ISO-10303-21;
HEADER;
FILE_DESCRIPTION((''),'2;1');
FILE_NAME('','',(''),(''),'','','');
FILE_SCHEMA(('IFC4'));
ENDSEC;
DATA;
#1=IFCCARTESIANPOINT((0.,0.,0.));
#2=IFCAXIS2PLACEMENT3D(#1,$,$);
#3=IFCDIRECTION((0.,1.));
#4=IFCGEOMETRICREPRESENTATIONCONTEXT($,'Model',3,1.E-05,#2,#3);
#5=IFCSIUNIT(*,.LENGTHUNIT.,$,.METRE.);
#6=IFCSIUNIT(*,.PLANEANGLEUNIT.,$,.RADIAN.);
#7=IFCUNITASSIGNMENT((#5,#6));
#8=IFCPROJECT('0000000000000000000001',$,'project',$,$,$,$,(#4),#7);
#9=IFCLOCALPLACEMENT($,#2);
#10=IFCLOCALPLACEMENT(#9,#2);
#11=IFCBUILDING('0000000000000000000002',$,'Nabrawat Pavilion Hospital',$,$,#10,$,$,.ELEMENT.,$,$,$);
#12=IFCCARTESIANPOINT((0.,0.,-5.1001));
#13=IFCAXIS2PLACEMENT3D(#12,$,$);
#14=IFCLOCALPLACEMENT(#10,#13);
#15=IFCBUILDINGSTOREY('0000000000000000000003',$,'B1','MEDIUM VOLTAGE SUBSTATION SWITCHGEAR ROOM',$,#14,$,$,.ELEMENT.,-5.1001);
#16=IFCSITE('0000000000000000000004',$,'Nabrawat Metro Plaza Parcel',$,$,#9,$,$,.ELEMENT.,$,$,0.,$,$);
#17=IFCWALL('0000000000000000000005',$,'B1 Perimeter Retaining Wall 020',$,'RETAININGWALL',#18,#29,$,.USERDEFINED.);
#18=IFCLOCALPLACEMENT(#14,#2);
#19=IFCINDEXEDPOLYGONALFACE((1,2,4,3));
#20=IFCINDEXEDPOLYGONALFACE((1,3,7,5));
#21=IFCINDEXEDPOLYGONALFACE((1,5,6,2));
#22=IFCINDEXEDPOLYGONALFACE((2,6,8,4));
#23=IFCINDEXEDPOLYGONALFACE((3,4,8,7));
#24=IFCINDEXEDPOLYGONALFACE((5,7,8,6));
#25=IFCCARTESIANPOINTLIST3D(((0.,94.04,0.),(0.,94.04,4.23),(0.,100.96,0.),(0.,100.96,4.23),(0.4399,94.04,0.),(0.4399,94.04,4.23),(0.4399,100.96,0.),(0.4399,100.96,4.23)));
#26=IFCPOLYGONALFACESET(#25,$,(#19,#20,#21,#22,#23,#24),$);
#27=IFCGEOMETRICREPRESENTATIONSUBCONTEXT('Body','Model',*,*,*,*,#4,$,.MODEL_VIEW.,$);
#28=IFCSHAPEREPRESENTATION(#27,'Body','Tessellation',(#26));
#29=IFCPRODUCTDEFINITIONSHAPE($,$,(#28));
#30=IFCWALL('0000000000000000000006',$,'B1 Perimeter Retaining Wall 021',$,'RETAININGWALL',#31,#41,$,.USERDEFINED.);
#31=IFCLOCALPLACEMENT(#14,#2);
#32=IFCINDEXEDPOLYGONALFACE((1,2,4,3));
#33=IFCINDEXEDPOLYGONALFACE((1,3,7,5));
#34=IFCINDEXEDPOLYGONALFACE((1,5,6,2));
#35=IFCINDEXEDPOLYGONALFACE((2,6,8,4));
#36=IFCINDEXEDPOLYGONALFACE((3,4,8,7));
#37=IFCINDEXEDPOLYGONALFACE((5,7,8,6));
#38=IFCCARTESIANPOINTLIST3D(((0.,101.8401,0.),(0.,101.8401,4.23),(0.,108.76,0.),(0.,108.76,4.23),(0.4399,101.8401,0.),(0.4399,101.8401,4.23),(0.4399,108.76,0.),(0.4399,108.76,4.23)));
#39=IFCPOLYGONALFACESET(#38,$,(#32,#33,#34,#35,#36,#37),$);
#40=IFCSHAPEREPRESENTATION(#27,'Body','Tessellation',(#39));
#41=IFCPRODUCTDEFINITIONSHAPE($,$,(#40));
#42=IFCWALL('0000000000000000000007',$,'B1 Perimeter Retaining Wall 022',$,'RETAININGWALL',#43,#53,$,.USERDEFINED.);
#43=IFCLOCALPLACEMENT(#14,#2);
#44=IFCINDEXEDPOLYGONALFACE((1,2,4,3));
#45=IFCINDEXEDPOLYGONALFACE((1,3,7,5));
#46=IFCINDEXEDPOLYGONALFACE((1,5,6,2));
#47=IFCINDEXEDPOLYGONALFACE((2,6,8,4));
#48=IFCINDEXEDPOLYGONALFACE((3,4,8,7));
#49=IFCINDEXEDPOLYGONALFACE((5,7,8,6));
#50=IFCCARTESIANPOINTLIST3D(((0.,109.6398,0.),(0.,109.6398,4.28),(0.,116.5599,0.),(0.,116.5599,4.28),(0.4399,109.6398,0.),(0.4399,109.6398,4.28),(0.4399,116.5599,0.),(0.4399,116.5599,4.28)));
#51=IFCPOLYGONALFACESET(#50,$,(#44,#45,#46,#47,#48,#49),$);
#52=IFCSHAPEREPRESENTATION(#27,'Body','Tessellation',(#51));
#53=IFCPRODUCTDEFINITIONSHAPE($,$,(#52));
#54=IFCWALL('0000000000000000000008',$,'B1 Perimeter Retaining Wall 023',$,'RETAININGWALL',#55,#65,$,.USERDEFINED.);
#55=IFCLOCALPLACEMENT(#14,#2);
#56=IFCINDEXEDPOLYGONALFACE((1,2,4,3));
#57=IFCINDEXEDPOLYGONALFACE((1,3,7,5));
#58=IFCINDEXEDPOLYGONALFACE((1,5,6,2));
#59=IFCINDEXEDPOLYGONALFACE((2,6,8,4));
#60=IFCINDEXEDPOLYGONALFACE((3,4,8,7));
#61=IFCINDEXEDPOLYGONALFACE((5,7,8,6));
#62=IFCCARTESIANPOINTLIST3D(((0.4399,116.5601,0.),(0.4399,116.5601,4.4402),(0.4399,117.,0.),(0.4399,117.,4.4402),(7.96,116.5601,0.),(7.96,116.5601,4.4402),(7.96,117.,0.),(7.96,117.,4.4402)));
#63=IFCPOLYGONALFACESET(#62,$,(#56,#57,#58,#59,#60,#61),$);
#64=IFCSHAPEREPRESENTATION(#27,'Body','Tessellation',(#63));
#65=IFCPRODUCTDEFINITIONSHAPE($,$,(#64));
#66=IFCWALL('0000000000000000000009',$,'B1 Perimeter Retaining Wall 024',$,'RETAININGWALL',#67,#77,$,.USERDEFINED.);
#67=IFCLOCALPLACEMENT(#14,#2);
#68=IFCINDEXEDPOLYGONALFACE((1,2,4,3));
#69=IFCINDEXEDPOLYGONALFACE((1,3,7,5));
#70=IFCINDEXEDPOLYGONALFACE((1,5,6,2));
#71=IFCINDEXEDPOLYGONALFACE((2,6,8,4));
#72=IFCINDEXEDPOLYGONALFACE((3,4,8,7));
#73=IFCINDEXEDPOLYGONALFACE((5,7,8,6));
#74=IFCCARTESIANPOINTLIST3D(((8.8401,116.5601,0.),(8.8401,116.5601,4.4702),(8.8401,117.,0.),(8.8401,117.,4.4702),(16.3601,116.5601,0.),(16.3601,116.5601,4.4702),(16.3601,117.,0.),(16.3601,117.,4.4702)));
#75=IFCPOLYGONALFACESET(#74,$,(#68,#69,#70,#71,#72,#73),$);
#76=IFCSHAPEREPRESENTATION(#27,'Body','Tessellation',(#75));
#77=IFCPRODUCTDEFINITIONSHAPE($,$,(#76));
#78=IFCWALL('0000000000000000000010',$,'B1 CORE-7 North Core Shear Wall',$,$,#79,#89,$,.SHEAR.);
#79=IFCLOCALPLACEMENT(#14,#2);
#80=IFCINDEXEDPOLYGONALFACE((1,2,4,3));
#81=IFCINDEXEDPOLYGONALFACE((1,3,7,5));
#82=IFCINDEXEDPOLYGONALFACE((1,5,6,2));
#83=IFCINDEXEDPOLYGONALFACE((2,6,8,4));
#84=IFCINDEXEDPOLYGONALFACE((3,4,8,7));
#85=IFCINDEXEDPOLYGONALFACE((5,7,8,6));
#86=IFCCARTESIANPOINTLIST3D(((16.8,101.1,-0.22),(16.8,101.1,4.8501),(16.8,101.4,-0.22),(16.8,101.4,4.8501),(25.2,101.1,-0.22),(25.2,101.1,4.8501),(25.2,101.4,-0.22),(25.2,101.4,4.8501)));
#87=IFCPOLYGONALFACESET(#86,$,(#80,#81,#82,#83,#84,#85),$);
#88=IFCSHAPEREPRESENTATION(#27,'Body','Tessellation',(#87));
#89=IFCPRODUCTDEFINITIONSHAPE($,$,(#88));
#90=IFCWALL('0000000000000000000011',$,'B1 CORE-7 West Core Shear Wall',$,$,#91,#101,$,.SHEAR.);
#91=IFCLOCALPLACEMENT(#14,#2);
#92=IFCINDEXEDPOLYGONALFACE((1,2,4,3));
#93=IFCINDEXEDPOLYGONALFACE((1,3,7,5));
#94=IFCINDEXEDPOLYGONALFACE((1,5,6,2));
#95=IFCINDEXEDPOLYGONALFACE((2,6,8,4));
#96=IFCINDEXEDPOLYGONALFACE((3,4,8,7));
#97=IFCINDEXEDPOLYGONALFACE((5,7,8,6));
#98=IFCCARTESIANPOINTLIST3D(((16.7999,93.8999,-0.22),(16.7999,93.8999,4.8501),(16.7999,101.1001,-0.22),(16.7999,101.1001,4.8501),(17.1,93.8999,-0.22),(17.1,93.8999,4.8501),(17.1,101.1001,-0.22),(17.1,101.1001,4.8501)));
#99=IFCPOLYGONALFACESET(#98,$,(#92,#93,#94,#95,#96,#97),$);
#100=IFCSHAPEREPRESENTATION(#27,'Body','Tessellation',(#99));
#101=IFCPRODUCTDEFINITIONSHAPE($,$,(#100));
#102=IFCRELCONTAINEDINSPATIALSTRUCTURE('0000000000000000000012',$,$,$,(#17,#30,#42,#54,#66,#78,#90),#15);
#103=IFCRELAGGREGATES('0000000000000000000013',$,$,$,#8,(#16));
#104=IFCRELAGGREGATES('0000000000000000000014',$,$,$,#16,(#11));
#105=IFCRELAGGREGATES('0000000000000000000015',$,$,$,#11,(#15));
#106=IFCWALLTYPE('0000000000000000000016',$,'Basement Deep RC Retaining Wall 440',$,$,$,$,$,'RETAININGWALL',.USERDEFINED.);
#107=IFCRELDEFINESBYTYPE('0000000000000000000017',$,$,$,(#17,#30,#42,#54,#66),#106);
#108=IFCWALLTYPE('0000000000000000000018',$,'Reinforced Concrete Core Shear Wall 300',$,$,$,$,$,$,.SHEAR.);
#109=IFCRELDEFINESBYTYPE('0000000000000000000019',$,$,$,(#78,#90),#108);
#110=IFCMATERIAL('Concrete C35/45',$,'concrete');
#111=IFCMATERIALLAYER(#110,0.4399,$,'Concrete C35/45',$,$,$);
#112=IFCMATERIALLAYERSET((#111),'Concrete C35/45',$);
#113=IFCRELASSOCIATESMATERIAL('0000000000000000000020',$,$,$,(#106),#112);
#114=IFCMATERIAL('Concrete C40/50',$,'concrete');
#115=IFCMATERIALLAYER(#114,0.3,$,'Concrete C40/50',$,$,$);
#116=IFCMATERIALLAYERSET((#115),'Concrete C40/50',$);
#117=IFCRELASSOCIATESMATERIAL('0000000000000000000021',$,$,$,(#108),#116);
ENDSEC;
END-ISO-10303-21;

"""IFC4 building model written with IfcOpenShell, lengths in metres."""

from ifc_helpers import new_model, si_unit, direction, frame, frame_2d, origin, place, context, subcontext, project, spatial, rectangle, extrude, material, layer, layer_set, type_object, element, save


model = new_model("IFC4")

# Units and contexts
model_context = context("Model", 3, precision=1e-05, world=origin(), true_north=direction((0.0, 1.0)))
body_context = subcontext(model_context, "Body", "Model", "MODEL_VIEW")
ifc_project = project(units=[si_unit("LENGTHUNIT", "METRE"), si_unit("PLANEANGLEUNIT", "RADIAN")], contexts=[model_context])

# Site, building, storey
site_placement = place(None, origin())
site = spatial("IfcSite", under=ifc_project, at=site_placement, Name="Nabrawat Metro Plaza Parcel", CompositionType="ELEMENT", RefElevation=0.0)
building_placement = place(site_placement, origin())
building = spatial("IfcBuilding", under=site, at=building_placement, Name="Nabrawat Pavilion Hospital", CompositionType="ELEMENT")
storey_placement = place(building_placement, frame((0.0, 0.0, -5.1001)))
storey = spatial("IfcBuildingStorey", under=building, at=storey_placement, Name="B1", Description="MEDIUM VOLTAGE SUBSTATION SWITCHGEAR ROOM", CompositionType="ELEMENT", Elevation=-5.1001)

# Shared definitions
ifc_material_1 = material(Name="Concrete C35/45", Category="concrete")

# Shared definitions
ifc_material_2 = material(Name="Concrete C40/50", Category="concrete")

# Walls
ifc_layer_1 = layer(ifc_material_1, 0.4399, Name="Concrete C35/45")
ifc_layer_set_1 = layer_set([ifc_layer_1], Name="Concrete C35/45")
wall_type_1 = type_object("IfcWallType", Name="Basement Deep RC Retaining Wall 440", ElementType="RETAININGWALL", PredefinedType="USERDEFINED", material=ifc_layer_set_1)
for number, where, z_axis, x_axis, name in (
    (1, (0.22, 94.04, 0.0), (0.0, 0.0, 1.0), (0.0, 1.0, 0.0), "B1 Perimeter Retaining Wall 020"),
    (2, (0.22, 101.8401, 0.0), (0.0, 0.0, 1.0), (0.0, 1.0, 0.0), "B1 Perimeter Retaining Wall 021"),
):
    element("IfcWall", number, at=place(storey_placement, frame(where, z_axis=z_axis, x_axis=x_axis)), inside=storey, type_object=wall_type_1, Name=name, ObjectType="RETAININGWALL", PredefinedType="USERDEFINED", context=body_context, shape_type="SweptSolid", body=[
        extrude(rectangle(XDim=6.9199, YDim=0.4399, at=frame_2d((3.46, 0.0))), origin(), (0.0, 0.0, 1.0), 4.23),
    ])
wall_1_placement = place(storey_placement, frame((0.22, 109.6399, 0.0), z_axis=(0.0, 0.0, 1.0), x_axis=(0.0, 1.0, 0.0)))
element("IfcWall", 3, at=wall_1_placement, inside=storey, type_object=wall_type_1, Name="B1 Perimeter Retaining Wall 022", ObjectType="RETAININGWALL", PredefinedType="USERDEFINED", context=body_context, shape_type="SweptSolid", body=[
    extrude(rectangle(XDim=6.9202, YDim=0.4399, at=frame_2d((3.46, 0.0))), origin(), (0.0, 0.0, 1.0), 4.28),
])
wall_2_placement = place(storey_placement, frame((0.4399, 116.78, 0.0), z_axis=(0.0, 0.0, 1.0), x_axis=(1.0, 0.0, 0.0)))
element("IfcWall", 4, at=wall_2_placement, inside=storey, type_object=wall_type_1, Name="B1 Perimeter Retaining Wall 023", ObjectType="RETAININGWALL", PredefinedType="USERDEFINED", context=body_context, shape_type="SweptSolid", body=[
    extrude(rectangle(XDim=7.52, YDim=0.4399, at=frame_2d((3.76, 0.0))), origin(), (0.0, 0.0, 1.0), 4.4402),
])
wall_3_placement = place(storey_placement, frame((8.8401, 116.78, 0.0), z_axis=(0.0, 0.0, 1.0), x_axis=(1.0, 0.0, 0.0)))
element("IfcWall", 5, at=wall_3_placement, inside=storey, type_object=wall_type_1, Name="B1 Perimeter Retaining Wall 024", ObjectType="RETAININGWALL", PredefinedType="USERDEFINED", context=body_context, shape_type="SweptSolid", body=[
    extrude(rectangle(XDim=7.52, YDim=0.4399, at=frame_2d((3.76, 0.0))), origin(), (0.0, 0.0, 1.0), 4.4702),
])
ifc_layer_2 = layer(ifc_material_2, 0.3, Name="Concrete C40/50")
ifc_layer_set_2 = layer_set([ifc_layer_2], Name="Concrete C40/50")
wall_type_2 = type_object("IfcWallType", Name="Reinforced Concrete Core Shear Wall 300", PredefinedType="SHEAR", material=ifc_layer_set_2)
wall_4_placement = place(storey_placement, frame((16.8, 101.25, -0.22), z_axis=(0.0, 0.0, 1.0), x_axis=(1.0, 0.0, 0.0)))
element("IfcWall", 6, at=wall_4_placement, inside=storey, type_object=wall_type_2, Name="B1 CORE-7 North Core Shear Wall", PredefinedType="SHEAR", context=body_context, shape_type="SweptSolid", body=[
    extrude(rectangle(XDim=8.3999, YDim=0.3, at=frame_2d((4.2, 0.0))), origin(), (0.0, 0.0, 1.0), 5.0701),
])
wall_5_placement = place(storey_placement, frame((16.95, 93.8999, -0.22), z_axis=(0.0, 0.0, 1.0), x_axis=(0.0, 1.0, 0.0)))
element("IfcWall", 7, at=wall_5_placement, inside=storey, type_object=wall_type_2, Name="B1 CORE-7 West Core Shear Wall", PredefinedType="SHEAR", context=body_context, shape_type="SweptSolid", body=[
    extrude(rectangle(XDim=7.2002, YDim=0.3, at=frame_2d((3.6001, 0.0))), origin(), (0.0, 0.0, 1.0), 5.0701),
])

save(model, "model.ifc")
